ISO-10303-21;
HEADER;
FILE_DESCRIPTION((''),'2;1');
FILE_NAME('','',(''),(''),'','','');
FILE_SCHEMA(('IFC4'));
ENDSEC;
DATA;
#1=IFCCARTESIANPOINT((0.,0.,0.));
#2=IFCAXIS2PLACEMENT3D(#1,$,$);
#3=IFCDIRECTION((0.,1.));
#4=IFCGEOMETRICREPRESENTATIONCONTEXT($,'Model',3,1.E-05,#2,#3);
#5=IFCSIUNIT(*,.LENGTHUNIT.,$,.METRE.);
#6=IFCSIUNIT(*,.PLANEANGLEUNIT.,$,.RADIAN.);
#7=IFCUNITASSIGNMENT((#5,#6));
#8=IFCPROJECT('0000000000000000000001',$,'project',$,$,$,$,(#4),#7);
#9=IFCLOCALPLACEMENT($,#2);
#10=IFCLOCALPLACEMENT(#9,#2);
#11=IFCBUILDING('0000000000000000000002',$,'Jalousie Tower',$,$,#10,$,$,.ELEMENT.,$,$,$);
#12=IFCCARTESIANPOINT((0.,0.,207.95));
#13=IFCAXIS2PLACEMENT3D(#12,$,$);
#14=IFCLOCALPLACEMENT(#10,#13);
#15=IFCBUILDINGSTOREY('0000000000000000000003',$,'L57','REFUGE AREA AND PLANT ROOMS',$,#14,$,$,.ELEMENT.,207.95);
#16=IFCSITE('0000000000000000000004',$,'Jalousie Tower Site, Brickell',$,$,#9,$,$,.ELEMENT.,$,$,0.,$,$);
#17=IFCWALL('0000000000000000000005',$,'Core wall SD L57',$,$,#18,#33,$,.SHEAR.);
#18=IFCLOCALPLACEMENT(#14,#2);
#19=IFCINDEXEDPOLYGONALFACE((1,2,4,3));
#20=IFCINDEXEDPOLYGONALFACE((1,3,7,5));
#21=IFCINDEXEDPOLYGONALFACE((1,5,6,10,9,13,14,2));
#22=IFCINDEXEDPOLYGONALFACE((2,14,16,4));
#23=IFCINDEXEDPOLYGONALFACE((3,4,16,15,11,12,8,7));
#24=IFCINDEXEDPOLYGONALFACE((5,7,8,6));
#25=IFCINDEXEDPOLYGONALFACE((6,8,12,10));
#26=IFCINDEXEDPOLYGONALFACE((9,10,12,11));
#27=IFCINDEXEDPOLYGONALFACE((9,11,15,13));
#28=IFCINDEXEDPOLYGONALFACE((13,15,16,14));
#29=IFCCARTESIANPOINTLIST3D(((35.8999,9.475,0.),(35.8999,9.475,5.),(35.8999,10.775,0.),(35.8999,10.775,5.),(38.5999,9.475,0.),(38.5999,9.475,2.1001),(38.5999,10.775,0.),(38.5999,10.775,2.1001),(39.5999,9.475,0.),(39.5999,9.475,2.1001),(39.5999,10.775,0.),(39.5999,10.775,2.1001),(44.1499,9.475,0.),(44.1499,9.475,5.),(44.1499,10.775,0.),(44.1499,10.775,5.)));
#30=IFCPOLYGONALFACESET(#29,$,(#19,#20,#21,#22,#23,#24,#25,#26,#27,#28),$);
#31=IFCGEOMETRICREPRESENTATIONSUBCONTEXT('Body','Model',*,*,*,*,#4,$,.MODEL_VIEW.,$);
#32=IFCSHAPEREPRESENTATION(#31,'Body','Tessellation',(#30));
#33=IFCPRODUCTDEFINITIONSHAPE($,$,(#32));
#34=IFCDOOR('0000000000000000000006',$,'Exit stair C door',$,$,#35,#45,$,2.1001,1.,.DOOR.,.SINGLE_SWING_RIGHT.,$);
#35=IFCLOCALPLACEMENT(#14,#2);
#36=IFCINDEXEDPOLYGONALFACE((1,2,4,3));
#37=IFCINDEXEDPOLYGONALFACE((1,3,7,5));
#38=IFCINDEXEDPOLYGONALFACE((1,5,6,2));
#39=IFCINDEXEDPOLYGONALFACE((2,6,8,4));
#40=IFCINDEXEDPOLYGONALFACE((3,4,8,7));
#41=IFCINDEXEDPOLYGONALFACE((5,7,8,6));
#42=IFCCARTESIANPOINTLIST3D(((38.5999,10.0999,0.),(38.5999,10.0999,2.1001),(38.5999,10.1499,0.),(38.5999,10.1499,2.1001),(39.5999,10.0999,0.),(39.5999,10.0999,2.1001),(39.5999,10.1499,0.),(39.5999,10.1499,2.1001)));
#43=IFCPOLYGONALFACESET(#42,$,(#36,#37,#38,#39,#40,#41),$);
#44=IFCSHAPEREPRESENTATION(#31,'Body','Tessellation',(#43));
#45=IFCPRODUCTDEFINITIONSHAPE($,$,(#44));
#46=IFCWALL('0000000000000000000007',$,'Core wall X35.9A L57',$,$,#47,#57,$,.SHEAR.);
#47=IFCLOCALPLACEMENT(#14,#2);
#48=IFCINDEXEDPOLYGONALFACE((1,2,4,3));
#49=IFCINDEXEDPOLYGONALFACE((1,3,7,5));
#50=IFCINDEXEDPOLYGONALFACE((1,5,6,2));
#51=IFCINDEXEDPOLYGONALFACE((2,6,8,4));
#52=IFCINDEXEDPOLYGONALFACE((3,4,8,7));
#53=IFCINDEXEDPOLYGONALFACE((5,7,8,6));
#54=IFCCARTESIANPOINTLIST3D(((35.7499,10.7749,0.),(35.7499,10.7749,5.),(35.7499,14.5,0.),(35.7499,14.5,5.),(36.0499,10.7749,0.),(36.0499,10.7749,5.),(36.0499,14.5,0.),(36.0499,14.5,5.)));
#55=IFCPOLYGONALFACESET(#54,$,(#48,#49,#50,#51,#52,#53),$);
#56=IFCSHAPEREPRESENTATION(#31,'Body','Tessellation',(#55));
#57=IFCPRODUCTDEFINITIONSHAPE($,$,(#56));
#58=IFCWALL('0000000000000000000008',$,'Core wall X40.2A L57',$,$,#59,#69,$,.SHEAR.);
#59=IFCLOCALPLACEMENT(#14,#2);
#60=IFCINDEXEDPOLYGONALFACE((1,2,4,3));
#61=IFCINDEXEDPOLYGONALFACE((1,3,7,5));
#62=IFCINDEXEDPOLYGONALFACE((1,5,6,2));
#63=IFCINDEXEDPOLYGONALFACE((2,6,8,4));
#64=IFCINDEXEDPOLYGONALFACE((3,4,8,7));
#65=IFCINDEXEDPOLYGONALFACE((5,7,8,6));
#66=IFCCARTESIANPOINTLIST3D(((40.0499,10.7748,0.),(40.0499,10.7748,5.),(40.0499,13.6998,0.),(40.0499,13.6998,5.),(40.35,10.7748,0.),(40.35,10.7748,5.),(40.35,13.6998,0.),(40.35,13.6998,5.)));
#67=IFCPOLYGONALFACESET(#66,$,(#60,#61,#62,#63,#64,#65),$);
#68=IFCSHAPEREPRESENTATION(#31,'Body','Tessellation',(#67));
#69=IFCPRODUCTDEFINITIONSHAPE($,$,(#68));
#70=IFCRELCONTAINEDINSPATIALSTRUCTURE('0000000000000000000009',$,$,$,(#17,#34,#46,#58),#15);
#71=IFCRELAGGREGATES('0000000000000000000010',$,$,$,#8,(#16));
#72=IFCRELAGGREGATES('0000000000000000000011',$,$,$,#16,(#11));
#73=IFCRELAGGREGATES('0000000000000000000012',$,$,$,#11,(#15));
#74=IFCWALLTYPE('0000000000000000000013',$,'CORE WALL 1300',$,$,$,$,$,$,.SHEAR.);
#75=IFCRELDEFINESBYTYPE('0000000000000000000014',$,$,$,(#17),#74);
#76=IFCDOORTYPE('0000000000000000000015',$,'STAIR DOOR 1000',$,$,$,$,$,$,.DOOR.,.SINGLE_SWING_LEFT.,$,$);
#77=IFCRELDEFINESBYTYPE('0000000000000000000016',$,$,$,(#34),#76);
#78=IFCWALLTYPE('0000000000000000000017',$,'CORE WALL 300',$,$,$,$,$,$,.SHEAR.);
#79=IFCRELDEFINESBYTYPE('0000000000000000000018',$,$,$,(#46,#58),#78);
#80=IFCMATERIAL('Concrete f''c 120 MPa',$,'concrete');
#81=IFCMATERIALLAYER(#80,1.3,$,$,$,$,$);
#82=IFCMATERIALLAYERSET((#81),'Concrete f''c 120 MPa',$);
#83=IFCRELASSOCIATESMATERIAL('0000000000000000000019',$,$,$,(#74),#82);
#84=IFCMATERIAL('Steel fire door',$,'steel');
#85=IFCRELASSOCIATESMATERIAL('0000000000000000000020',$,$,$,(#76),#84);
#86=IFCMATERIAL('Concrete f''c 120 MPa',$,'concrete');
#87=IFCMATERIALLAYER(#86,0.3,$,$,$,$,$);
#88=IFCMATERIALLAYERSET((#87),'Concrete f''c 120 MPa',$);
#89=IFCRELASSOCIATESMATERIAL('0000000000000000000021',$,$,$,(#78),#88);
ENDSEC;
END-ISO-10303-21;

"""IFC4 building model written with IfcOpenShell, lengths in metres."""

from ifc_helpers import new_model, si_unit, direction, frame, frame_2d, origin, place, context, subcontext, project, spatial, rectangle, extrude, material, layer, layer_set, type_object, element, fill, save


model = new_model("IFC4")

# Units and contexts
model_context = context("Model", 3, precision=1e-05, world=origin(), true_north=direction((0.0, 1.0)))
body_context = subcontext(model_context, "Body", "Model", "MODEL_VIEW")
ifc_project = project(units=[si_unit("LENGTHUNIT", "METRE"), si_unit("PLANEANGLEUNIT", "RADIAN")], contexts=[model_context])

# Site, building, storey
site_placement = place(None, origin())
site = spatial("IfcSite", under=ifc_project, at=site_placement, Name="Jalousie Tower Site, Brickell", CompositionType="ELEMENT", RefElevation=0.0)
building_placement = place(site_placement, origin())
building = spatial("IfcBuilding", under=site, at=building_placement, Name="Jalousie Tower", CompositionType="ELEMENT")
storey_placement = place(building_placement, frame((0.0, 0.0, 207.95)))
storey = spatial("IfcBuildingStorey", under=building, at=storey_placement, Name="L57", Description="REFUGE AREA AND PLANT ROOMS", CompositionType="ELEMENT", Elevation=207.95)

# Wall, opening, door
ifc_material_1 = material(Name="Concrete f'c 120 MPa", Category="concrete")
ifc_layer_1 = layer(ifc_material_1, 1.3)
ifc_layer_set_1 = layer_set([ifc_layer_1], Name="Concrete f'c 120 MPa")
wall_type_1 = type_object("IfcWallType", Name="CORE WALL 1300", PredefinedType="SHEAR", material=ifc_layer_set_1)
wall_1_placement = place(storey_placement, frame((35.8999, 10.125, 0.0), z_axis=(0.0, 0.0, 1.0), x_axis=(1.0, 0.0, 0.0)))
wall_1 = element("IfcWall", 1, at=wall_1_placement, inside=storey, type_object=wall_type_1, Name="Core wall SD L57", PredefinedType="SHEAR", context=body_context, shape_type="SweptSolid", body=[
    extrude(rectangle(XDim=8.25, YDim=1.3, at=frame_2d((4.125, 0.0))), origin(), (0.0, 0.0, 1.0), 5.0),
])
opening_placement = place(wall_1_placement, frame((2.7, 0.0, 0.0)))
opening = element("IfcOpeningElement", 2, at=opening_placement, cuts=wall_1, PredefinedType="OPENING", context=body_context, shape_type="SweptSolid", body=[
    extrude(rectangle(XDim=1.0, YDim=2.1001, at=frame_2d((0.5, 1.05))), frame((0.0, 0.6599, 0.0), z_axis=(0.0, -1.0, 0.0), x_axis=(1.0, 0.0, 0.0)), (0.0, 0.0, 1.0), 1.3201),
])
ifc_material_2 = material(Name="Steel fire door", Category="steel")
door_type = type_object("IfcDoorType", Name="STAIR DOOR 1000", OperationType="SINGLE_SWING_LEFT", PredefinedType="DOOR", material=ifc_material_2)
door_placement = place(opening_placement, origin())
door = element("IfcDoor", 3, at=door_placement, inside=storey, type_object=door_type, Name="Exit stair C door", OperationType="SINGLE_SWING_RIGHT", OverallHeight=2.1001, OverallWidth=1.0, PredefinedType="DOOR", context=body_context, shape_type="SweptSolid", body=[
    extrude(rectangle(XDim=1.0, YDim=2.1001, at=frame_2d((0.5, 1.05))), frame((0.0, 0.0249, 0.0), z_axis=(0.0, -1.0, 0.0), x_axis=(1.0, 0.0, 0.0)), (0.0, 0.0, 1.0), 0.05),
])
fill(opening, door)

# Walls
ifc_material_3 = material(Name="Concrete f'c 120 MPa", Category="concrete")
ifc_layer_2 = layer(ifc_material_3, 0.3)
ifc_layer_set_2 = layer_set([ifc_layer_2], Name="Concrete f'c 120 MPa")
wall_type_2 = type_object("IfcWallType", Name="CORE WALL 300", PredefinedType="SHEAR", material=ifc_layer_set_2)
wall_2_placement = place(storey_placement, frame((35.8999, 10.7749, 0.0), z_axis=(0.0, 0.0, 1.0), x_axis=(0.0, 1.0, 0.0)))
element("IfcWall", 4, at=wall_2_placement, inside=storey, type_object=wall_type_2, Name="Core wall X35.9A L57", PredefinedType="SHEAR", context=body_context, shape_type="SweptSolid", body=[
    extrude(rectangle(XDim=3.7251, YDim=0.3, at=frame_2d((1.8625, 0.0))), origin(), (0.0, 0.0, 1.0), 5.0),
])
wall_3_placement = place(storey_placement, frame((40.2, 10.7749, 0.0), z_axis=(0.0, 0.0, 1.0), x_axis=(0.0, 1.0, 0.0)))
element("IfcWall", 5, at=wall_3_placement, inside=storey, type_object=wall_type_2, Name="Core wall X40.2A L57", PredefinedType="SHEAR", context=body_context, shape_type="SweptSolid", body=[
    extrude(rectangle(XDim=2.925, YDim=0.3, at=frame_2d((1.4624, 0.0))), origin(), (0.0, 0.0, 1.0), 5.0),
])

save(model, "model.ifc")
